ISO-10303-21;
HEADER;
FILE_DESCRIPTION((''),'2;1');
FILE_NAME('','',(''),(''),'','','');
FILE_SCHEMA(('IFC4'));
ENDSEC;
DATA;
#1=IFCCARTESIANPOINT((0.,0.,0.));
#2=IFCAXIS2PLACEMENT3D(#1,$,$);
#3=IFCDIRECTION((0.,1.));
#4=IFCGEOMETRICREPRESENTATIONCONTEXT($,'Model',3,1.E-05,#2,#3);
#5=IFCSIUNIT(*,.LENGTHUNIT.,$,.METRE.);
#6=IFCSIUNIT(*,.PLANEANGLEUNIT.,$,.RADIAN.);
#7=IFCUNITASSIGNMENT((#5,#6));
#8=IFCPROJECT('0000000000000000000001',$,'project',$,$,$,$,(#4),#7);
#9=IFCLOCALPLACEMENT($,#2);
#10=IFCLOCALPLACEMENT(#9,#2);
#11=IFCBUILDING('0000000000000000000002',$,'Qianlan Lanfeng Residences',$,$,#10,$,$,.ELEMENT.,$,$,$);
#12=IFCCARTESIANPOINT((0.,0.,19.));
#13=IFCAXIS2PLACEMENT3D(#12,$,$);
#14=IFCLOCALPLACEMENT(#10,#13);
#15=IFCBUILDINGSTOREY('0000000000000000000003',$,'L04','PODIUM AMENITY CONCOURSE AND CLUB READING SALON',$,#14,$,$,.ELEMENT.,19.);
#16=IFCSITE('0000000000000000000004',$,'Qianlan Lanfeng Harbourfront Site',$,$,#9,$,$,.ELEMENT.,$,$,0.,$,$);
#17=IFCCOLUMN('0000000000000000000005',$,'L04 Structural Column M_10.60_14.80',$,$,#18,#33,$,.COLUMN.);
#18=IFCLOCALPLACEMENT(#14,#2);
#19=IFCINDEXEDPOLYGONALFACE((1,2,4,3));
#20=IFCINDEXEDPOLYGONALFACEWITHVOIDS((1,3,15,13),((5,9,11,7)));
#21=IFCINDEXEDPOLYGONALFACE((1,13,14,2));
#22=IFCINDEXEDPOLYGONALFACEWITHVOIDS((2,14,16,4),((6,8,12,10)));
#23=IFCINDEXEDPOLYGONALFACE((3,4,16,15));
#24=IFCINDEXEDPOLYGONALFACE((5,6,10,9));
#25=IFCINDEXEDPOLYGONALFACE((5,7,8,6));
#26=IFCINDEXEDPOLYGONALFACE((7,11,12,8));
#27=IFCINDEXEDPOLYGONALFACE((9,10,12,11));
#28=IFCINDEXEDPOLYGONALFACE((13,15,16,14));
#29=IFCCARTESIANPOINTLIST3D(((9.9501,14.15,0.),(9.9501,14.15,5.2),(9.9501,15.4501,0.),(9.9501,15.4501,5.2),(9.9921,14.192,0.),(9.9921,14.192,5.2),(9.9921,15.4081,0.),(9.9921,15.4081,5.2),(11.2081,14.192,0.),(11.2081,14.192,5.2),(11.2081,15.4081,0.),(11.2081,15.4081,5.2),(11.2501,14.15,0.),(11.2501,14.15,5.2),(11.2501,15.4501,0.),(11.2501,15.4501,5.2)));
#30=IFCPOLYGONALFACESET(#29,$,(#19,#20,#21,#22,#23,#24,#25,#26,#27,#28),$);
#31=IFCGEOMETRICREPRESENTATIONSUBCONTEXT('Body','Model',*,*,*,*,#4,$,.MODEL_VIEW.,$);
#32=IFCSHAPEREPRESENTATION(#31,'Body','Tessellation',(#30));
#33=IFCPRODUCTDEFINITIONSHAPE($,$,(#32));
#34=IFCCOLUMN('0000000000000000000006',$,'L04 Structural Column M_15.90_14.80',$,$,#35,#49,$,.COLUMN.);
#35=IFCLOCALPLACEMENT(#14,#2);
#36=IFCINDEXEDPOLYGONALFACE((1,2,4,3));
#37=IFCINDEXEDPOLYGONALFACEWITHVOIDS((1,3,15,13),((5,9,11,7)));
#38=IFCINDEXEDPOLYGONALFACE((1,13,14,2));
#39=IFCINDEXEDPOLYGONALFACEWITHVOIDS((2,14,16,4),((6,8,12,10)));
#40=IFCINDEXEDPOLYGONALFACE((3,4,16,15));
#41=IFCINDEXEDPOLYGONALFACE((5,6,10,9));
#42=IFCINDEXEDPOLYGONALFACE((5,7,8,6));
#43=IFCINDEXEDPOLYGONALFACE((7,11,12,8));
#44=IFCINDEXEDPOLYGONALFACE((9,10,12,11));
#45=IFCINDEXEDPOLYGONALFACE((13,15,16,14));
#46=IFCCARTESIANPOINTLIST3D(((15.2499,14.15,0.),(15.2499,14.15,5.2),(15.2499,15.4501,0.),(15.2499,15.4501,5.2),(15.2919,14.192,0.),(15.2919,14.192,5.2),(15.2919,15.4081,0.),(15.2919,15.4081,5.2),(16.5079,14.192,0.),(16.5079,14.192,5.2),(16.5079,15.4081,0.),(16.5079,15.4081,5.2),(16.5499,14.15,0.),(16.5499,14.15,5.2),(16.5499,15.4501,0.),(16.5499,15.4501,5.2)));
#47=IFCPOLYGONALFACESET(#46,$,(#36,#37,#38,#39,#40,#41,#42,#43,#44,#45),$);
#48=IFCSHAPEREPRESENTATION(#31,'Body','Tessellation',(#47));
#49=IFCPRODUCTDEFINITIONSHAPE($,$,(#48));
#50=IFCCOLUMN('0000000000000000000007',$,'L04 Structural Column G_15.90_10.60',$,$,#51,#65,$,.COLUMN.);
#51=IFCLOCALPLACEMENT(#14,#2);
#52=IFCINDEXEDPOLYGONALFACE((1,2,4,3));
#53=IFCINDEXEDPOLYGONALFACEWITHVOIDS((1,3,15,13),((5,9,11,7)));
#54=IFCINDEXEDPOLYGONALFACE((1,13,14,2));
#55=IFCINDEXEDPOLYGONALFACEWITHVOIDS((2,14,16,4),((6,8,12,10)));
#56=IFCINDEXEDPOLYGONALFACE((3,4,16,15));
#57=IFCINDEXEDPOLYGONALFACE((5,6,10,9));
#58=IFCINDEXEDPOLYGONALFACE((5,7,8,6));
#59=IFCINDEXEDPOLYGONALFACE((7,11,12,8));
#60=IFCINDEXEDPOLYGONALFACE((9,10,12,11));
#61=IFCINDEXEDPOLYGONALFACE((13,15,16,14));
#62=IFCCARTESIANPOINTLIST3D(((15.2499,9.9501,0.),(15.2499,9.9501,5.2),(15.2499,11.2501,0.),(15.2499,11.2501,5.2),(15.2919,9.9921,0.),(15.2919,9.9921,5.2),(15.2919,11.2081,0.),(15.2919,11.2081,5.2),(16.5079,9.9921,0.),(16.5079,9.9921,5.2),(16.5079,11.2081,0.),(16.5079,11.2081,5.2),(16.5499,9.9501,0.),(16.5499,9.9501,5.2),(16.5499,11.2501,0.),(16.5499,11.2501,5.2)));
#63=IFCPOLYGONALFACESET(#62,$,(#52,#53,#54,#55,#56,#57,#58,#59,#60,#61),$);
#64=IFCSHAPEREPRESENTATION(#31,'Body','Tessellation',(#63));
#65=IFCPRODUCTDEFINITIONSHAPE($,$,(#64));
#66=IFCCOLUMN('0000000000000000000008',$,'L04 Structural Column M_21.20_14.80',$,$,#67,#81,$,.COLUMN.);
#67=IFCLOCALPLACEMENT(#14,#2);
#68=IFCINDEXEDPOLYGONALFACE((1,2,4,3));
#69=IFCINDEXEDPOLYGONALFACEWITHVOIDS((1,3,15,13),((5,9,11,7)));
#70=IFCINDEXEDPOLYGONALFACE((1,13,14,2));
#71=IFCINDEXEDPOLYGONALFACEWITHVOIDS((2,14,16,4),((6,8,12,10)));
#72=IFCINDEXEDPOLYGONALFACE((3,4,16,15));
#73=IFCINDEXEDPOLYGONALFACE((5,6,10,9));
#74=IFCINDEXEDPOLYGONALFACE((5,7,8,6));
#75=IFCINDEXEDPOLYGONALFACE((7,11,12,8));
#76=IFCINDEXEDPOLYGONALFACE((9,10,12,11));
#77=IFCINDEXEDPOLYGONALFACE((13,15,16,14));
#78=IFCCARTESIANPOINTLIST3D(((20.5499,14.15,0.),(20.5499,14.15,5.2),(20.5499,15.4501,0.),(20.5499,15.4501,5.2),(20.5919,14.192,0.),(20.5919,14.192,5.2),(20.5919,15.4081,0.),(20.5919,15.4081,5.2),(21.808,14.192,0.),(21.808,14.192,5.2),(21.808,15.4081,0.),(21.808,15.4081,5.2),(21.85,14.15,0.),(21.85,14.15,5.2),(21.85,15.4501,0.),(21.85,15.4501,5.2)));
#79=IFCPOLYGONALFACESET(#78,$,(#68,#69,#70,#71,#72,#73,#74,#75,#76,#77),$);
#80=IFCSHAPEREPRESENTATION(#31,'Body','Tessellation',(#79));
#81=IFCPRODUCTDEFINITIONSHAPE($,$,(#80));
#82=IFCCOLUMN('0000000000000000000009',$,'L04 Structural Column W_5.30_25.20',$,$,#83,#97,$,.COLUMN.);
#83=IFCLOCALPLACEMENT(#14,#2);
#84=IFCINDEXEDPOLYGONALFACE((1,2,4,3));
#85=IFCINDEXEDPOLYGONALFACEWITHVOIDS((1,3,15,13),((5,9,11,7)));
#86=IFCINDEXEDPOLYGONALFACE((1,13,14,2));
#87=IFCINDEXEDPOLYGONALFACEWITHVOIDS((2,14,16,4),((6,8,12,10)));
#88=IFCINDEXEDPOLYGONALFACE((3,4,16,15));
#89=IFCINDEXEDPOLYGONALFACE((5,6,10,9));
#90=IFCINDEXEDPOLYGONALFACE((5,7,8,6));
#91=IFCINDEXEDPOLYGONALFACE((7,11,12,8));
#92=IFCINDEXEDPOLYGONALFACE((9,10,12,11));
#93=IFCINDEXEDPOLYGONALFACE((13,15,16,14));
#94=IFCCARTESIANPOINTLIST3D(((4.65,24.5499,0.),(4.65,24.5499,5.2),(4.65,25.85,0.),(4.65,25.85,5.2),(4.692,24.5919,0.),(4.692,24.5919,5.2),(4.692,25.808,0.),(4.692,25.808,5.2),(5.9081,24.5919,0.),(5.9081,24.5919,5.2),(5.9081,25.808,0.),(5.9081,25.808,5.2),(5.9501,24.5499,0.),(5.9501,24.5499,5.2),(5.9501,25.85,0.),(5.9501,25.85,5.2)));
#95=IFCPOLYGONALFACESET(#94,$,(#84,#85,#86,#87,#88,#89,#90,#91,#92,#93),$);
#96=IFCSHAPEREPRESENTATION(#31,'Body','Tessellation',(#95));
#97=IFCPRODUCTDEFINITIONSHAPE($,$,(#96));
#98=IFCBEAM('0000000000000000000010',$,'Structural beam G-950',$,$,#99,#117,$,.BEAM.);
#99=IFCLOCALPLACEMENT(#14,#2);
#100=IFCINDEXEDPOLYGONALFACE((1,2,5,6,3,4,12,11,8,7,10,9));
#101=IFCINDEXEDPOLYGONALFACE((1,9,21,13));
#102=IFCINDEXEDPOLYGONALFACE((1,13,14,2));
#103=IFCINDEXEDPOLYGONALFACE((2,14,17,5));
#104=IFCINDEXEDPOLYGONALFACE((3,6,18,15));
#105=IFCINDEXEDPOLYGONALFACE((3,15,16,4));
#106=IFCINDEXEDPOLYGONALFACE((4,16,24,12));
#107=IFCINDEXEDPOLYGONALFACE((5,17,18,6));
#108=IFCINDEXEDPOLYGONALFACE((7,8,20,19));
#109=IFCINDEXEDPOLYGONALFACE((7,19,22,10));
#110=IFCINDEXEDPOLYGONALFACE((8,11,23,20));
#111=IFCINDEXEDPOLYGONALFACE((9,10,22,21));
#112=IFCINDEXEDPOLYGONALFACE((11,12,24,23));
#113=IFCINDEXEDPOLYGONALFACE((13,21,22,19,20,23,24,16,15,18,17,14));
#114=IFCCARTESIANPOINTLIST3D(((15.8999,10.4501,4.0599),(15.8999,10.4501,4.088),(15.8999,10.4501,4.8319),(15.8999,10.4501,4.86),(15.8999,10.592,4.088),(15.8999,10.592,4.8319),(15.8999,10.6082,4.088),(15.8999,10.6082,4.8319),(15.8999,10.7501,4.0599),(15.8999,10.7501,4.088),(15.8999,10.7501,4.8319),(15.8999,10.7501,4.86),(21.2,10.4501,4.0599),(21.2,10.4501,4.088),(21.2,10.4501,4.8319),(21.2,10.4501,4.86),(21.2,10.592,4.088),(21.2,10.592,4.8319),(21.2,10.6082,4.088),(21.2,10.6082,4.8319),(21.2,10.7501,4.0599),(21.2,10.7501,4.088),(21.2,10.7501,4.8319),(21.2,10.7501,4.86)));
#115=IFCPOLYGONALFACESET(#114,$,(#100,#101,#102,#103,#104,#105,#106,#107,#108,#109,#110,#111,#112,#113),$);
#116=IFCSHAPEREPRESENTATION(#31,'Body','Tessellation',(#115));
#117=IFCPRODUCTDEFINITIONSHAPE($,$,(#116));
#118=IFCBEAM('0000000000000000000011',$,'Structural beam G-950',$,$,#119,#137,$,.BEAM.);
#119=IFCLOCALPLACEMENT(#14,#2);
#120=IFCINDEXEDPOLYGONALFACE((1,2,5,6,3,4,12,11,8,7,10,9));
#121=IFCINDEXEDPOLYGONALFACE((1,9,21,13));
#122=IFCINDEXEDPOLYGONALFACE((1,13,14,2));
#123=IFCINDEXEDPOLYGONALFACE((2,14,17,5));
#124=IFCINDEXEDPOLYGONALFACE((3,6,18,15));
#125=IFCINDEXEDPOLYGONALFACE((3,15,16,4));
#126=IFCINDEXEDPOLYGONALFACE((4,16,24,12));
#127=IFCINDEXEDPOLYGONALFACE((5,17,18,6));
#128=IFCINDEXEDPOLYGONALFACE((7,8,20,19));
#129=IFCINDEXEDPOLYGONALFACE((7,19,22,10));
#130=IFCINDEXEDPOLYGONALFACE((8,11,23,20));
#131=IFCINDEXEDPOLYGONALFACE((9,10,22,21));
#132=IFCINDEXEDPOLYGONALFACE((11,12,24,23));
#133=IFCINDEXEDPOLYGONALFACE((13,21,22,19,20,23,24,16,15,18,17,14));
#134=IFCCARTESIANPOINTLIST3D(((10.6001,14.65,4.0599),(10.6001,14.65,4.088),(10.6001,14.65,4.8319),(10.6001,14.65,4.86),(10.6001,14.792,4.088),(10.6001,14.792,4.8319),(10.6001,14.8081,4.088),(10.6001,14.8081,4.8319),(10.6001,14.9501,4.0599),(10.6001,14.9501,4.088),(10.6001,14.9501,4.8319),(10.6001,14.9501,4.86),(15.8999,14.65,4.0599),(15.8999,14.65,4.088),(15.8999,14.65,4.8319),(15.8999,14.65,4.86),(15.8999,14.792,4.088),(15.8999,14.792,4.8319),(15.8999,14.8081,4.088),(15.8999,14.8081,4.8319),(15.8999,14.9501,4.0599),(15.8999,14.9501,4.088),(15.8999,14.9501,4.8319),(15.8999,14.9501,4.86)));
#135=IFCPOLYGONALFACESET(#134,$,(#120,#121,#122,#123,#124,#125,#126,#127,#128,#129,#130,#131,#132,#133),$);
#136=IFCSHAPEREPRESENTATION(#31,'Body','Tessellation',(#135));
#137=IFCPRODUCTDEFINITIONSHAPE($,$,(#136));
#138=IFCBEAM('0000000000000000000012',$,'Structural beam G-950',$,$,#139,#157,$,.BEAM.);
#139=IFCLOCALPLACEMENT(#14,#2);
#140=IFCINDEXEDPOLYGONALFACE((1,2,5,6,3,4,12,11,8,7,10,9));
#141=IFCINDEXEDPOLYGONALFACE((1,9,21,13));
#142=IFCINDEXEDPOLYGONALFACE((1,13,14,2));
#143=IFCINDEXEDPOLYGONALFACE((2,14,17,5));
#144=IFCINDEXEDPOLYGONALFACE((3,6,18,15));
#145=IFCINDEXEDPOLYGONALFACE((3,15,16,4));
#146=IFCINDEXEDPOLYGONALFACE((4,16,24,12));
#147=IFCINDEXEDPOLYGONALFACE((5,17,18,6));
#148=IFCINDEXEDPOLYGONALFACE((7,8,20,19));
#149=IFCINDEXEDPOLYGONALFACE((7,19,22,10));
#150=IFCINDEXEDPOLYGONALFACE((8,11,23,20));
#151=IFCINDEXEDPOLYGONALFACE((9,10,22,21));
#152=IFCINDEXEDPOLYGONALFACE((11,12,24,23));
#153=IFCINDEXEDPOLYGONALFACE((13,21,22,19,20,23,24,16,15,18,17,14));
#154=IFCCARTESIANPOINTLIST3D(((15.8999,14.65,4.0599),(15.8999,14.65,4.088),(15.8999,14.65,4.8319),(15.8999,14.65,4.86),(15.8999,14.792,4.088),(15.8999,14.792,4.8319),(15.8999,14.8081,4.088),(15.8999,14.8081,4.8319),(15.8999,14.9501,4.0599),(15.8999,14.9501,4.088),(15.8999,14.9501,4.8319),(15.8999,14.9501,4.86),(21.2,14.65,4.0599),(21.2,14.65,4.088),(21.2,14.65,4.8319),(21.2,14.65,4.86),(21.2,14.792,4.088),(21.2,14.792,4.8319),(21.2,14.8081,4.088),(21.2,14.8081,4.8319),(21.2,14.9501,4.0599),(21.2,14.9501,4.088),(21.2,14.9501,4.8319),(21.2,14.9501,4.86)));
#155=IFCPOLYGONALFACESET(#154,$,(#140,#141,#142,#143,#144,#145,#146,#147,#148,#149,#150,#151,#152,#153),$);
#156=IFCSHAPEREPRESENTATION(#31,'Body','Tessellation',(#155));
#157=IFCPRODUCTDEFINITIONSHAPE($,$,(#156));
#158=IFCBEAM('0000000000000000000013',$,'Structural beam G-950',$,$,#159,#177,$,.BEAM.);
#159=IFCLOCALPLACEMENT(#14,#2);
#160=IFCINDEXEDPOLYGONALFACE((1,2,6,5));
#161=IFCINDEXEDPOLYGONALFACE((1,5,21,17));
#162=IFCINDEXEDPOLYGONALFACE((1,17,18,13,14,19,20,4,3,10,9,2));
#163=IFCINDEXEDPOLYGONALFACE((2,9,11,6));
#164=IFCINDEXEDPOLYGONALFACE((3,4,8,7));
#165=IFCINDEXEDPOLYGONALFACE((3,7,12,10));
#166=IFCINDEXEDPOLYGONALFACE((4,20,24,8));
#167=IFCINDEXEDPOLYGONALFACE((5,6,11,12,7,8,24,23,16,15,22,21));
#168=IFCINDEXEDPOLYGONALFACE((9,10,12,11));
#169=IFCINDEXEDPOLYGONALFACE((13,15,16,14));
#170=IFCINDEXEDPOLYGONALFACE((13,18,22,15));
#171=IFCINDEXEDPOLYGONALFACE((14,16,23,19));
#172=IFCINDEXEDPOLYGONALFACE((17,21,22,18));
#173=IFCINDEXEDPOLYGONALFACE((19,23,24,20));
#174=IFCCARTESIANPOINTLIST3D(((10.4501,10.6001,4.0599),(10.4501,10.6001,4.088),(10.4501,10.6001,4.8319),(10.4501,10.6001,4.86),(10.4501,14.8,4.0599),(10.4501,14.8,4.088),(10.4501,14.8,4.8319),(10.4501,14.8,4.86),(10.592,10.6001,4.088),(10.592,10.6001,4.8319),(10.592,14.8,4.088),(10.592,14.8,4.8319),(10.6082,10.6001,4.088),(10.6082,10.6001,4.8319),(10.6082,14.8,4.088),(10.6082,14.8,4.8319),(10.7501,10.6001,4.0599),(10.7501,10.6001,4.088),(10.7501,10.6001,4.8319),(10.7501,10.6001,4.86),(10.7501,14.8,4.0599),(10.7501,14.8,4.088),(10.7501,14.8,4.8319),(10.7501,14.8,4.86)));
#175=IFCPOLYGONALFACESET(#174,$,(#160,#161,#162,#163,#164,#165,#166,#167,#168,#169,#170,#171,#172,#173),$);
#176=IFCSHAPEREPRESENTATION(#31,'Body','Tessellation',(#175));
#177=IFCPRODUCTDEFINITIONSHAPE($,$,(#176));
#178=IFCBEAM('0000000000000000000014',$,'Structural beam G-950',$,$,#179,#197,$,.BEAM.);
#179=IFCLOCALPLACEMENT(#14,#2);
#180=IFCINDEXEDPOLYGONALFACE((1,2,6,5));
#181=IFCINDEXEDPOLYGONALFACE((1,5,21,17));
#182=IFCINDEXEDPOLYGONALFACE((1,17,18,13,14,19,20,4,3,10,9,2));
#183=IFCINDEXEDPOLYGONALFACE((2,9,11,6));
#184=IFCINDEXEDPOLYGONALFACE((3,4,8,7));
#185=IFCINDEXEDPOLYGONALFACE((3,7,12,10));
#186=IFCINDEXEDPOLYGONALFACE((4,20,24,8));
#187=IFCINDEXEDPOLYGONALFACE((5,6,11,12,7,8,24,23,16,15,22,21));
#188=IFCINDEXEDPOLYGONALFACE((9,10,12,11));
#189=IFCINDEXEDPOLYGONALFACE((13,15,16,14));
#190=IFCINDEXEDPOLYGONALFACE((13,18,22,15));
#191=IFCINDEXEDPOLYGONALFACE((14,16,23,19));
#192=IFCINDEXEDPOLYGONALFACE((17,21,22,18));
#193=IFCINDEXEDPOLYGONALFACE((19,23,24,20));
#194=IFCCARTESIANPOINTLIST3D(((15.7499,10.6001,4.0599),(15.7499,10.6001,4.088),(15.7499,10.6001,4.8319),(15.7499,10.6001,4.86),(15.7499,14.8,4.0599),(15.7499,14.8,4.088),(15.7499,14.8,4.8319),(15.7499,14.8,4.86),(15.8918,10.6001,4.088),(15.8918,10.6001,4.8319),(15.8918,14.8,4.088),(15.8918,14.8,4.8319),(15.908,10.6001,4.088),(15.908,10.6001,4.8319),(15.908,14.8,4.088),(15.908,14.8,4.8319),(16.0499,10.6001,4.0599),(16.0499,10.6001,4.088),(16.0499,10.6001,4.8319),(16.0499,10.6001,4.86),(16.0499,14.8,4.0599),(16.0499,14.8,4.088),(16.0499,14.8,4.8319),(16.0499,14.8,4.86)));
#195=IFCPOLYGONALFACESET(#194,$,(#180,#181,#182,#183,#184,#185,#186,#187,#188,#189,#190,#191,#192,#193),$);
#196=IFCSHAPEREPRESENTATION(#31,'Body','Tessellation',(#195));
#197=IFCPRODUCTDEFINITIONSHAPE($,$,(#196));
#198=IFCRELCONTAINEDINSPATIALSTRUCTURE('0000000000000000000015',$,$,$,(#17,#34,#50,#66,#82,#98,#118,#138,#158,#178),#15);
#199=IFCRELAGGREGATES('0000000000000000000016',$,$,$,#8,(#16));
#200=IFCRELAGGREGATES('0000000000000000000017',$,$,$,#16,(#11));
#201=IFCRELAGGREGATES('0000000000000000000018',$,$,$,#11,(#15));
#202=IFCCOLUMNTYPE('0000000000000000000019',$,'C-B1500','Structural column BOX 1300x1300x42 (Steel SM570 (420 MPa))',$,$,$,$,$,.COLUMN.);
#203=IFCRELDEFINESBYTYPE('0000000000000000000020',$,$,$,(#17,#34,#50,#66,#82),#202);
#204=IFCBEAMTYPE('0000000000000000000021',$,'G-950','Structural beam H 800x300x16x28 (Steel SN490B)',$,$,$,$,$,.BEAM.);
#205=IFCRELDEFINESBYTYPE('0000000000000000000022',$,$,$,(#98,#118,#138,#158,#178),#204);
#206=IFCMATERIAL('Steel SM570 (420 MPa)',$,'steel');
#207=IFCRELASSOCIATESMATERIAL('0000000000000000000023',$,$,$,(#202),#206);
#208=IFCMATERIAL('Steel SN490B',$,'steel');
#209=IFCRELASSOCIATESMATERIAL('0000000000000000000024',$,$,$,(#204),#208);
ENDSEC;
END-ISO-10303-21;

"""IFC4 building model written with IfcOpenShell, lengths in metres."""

from ifc_helpers import new_model, si_unit, direction, frame, origin, origin_2d, place, context, subcontext, project, spatial, hollow_rectangle, i_section, extrude, material, material_profile, profile_set, type_object, element, save


model = new_model("IFC4")

# Units and contexts
model_context = context("Model", 3, precision=1e-05, world=origin(), true_north=direction((0.0, 1.0)))
body_context = subcontext(model_context, "Body", "Model", "MODEL_VIEW")
ifc_project = project(units=[si_unit("LENGTHUNIT", "METRE"), si_unit("PLANEANGLEUNIT", "RADIAN")], contexts=[model_context])

# Site, building, storey
site_placement = place(None, origin())
site = spatial("IfcSite", under=ifc_project, at=site_placement, Name="Qianlan Lanfeng Harbourfront Site", CompositionType="ELEMENT", RefElevation=0.0)
building_placement = place(site_placement, origin())
building = spatial("IfcBuilding", under=site, at=building_placement, Name="Qianlan Lanfeng Residences", CompositionType="ELEMENT")
storey_placement = place(building_placement, frame((0.0, 0.0, 19.0)))
storey = spatial("IfcBuildingStorey", under=building, at=storey_placement, Name="L04", Description="PODIUM AMENITY CONCOURSE AND CLUB READING SALON", CompositionType="ELEMENT", Elevation=19.0)

# Columns
ifc_material_1 = material(Name="Steel SM570 (420 MPa)", Category="steel")
ifc_material_profile_1 = material_profile(ifc_material_1, hollow_rectangle(XDim=1.3, YDim=1.3, WallThickness=0.042, at=origin_2d()), Name="BOX 1300x1300x42")
ifc_profile_set_1 = profile_set([ifc_material_profile_1], Name="Steel SM570 (420 MPa)")
column_type = type_object("IfcColumnType", Name="C-B1500", Description="Structural column BOX 1300x1300x42 (Steel SM570 (420 MPa))", PredefinedType="COLUMN", material=ifc_profile_set_1)
for number, where, z_axis, x_axis, name in (
    (1, (10.6001, 14.8, 0.0), (0.0, 0.0, 1.0), (1.0, 0.0, 0.0), "L04 Structural Column M_10.60_14.80"),
    (2, (15.8999, 14.8, 0.0), (0.0, 0.0, 1.0), (1.0, 0.0, 0.0), "L04 Structural Column M_15.90_14.80"),
    (3, (15.8999, 10.6001, 0.0), (0.0, 0.0, 1.0), (1.0, 0.0, 0.0), "L04 Structural Column G_15.90_10.60"),
    (4, (21.2, 14.8, 0.0), (0.0, 0.0, 1.0), (1.0, 0.0, 0.0), "L04 Structural Column M_21.20_14.80"),
    (5, (5.3, 25.2, 0.0), (0.0, 0.0, 1.0), (1.0, 0.0, 0.0), "L04 Structural Column W_5.30_25.20"),
):
    element("IfcColumn", number, at=place(storey_placement, frame(where, z_axis=z_axis, x_axis=x_axis)), inside=storey, type_object=column_type, Name=name, PredefinedType="COLUMN", context=body_context, shape_type="SweptSolid", body=[
        extrude(hollow_rectangle(XDim=1.3, YDim=1.3, WallThickness=0.042, at=origin_2d()), origin(), (0.0, 0.0, 1.0), 5.2),
    ])

# Beams
ifc_material_2 = material(Name="Steel SN490B", Category="steel")
ifc_material_profile_2 = material_profile(ifc_material_2, i_section(OverallWidth=0.3, OverallDepth=0.8, WebThickness=0.0161, FlangeThickness=0.0281, at=origin_2d()), Name="H 800x300x16x28")
ifc_profile_set_2 = profile_set([ifc_material_profile_2], Name="Steel SN490B")
beam_type_1 = type_object("IfcBeamType", Name="G-950", Description="Structural beam H 800x300x16x28 (Steel SN490B)", PredefinedType="BEAM", material=ifc_profile_set_2)
beam_1_placement = place(storey_placement, frame((15.8999, 10.6001, 4.46), z_axis=(1.0, 0.0, 0.0), x_axis=(0.0, 1.0, 0.0)))
element("IfcBeam", 6, at=beam_1_placement, inside=storey, type_object=beam_type_1, Name="Structural beam G-950", PredefinedType="BEAM", context=body_context, shape_type="SweptSolid", body=[
    extrude(i_section(OverallWidth=0.3, OverallDepth=0.8, WebThickness=0.0161, FlangeThickness=0.0281, at=origin_2d()), origin(), (0.0, 0.0, 1.0), 5.3),
])
beam_2_placement = place(storey_placement, frame((10.6001, 14.8, 4.46), z_axis=(1.0, 0.0, 0.0), x_axis=(0.0, 1.0, 0.0)))
element("IfcBeam", 7, at=beam_2_placement, inside=storey, type_object=beam_type_1, Name="Structural beam G-950", PredefinedType="BEAM", context=body_context, shape_type="SweptSolid", body=[
    extrude(i_section(OverallWidth=0.3, OverallDepth=0.8, WebThickness=0.0161, FlangeThickness=0.0281, at=origin_2d()), origin(), (0.0, 0.0, 1.0), 5.2998),
])
beam_3_placement = place(storey_placement, frame((15.8999, 14.8, 4.46), z_axis=(1.0, 0.0, 0.0), x_axis=(0.0, 1.0, 0.0)))
element("IfcBeam", 8, at=beam_3_placement, inside=storey, type_object=beam_type_1, Name="Structural beam G-950", PredefinedType="BEAM", context=body_context, shape_type="SweptSolid", body=[
    extrude(i_section(OverallWidth=0.3, OverallDepth=0.8, WebThickness=0.0161, FlangeThickness=0.0281, at=origin_2d()), origin(), (0.0, 0.0, 1.0), 5.3),
])
for number, where, z_axis, x_axis, name in (
    (9, (10.6001, 10.6001, 4.46), (0.0, 1.0, 0.0), (-1.0, 0.0, 0.0), "Structural beam G-950"),
    (10, (15.8999, 10.6001, 4.46), (0.0, 1.0, 0.0), (-1.0, 0.0, 0.0), "Structural beam G-950"),
):
    element("IfcBeam", number, at=place(storey_placement, frame(where, z_axis=z_axis, x_axis=x_axis)), inside=storey, type_object=beam_type_1, Name=name, PredefinedType="BEAM", context=body_context, shape_type="SweptSolid", body=[
        extrude(i_section(OverallWidth=0.3, OverallDepth=0.8, WebThickness=0.0161, FlangeThickness=0.0281, at=origin_2d()), origin(), (0.0, 0.0, 1.0), 4.2),
    ])

save(model, "model.ifc")
